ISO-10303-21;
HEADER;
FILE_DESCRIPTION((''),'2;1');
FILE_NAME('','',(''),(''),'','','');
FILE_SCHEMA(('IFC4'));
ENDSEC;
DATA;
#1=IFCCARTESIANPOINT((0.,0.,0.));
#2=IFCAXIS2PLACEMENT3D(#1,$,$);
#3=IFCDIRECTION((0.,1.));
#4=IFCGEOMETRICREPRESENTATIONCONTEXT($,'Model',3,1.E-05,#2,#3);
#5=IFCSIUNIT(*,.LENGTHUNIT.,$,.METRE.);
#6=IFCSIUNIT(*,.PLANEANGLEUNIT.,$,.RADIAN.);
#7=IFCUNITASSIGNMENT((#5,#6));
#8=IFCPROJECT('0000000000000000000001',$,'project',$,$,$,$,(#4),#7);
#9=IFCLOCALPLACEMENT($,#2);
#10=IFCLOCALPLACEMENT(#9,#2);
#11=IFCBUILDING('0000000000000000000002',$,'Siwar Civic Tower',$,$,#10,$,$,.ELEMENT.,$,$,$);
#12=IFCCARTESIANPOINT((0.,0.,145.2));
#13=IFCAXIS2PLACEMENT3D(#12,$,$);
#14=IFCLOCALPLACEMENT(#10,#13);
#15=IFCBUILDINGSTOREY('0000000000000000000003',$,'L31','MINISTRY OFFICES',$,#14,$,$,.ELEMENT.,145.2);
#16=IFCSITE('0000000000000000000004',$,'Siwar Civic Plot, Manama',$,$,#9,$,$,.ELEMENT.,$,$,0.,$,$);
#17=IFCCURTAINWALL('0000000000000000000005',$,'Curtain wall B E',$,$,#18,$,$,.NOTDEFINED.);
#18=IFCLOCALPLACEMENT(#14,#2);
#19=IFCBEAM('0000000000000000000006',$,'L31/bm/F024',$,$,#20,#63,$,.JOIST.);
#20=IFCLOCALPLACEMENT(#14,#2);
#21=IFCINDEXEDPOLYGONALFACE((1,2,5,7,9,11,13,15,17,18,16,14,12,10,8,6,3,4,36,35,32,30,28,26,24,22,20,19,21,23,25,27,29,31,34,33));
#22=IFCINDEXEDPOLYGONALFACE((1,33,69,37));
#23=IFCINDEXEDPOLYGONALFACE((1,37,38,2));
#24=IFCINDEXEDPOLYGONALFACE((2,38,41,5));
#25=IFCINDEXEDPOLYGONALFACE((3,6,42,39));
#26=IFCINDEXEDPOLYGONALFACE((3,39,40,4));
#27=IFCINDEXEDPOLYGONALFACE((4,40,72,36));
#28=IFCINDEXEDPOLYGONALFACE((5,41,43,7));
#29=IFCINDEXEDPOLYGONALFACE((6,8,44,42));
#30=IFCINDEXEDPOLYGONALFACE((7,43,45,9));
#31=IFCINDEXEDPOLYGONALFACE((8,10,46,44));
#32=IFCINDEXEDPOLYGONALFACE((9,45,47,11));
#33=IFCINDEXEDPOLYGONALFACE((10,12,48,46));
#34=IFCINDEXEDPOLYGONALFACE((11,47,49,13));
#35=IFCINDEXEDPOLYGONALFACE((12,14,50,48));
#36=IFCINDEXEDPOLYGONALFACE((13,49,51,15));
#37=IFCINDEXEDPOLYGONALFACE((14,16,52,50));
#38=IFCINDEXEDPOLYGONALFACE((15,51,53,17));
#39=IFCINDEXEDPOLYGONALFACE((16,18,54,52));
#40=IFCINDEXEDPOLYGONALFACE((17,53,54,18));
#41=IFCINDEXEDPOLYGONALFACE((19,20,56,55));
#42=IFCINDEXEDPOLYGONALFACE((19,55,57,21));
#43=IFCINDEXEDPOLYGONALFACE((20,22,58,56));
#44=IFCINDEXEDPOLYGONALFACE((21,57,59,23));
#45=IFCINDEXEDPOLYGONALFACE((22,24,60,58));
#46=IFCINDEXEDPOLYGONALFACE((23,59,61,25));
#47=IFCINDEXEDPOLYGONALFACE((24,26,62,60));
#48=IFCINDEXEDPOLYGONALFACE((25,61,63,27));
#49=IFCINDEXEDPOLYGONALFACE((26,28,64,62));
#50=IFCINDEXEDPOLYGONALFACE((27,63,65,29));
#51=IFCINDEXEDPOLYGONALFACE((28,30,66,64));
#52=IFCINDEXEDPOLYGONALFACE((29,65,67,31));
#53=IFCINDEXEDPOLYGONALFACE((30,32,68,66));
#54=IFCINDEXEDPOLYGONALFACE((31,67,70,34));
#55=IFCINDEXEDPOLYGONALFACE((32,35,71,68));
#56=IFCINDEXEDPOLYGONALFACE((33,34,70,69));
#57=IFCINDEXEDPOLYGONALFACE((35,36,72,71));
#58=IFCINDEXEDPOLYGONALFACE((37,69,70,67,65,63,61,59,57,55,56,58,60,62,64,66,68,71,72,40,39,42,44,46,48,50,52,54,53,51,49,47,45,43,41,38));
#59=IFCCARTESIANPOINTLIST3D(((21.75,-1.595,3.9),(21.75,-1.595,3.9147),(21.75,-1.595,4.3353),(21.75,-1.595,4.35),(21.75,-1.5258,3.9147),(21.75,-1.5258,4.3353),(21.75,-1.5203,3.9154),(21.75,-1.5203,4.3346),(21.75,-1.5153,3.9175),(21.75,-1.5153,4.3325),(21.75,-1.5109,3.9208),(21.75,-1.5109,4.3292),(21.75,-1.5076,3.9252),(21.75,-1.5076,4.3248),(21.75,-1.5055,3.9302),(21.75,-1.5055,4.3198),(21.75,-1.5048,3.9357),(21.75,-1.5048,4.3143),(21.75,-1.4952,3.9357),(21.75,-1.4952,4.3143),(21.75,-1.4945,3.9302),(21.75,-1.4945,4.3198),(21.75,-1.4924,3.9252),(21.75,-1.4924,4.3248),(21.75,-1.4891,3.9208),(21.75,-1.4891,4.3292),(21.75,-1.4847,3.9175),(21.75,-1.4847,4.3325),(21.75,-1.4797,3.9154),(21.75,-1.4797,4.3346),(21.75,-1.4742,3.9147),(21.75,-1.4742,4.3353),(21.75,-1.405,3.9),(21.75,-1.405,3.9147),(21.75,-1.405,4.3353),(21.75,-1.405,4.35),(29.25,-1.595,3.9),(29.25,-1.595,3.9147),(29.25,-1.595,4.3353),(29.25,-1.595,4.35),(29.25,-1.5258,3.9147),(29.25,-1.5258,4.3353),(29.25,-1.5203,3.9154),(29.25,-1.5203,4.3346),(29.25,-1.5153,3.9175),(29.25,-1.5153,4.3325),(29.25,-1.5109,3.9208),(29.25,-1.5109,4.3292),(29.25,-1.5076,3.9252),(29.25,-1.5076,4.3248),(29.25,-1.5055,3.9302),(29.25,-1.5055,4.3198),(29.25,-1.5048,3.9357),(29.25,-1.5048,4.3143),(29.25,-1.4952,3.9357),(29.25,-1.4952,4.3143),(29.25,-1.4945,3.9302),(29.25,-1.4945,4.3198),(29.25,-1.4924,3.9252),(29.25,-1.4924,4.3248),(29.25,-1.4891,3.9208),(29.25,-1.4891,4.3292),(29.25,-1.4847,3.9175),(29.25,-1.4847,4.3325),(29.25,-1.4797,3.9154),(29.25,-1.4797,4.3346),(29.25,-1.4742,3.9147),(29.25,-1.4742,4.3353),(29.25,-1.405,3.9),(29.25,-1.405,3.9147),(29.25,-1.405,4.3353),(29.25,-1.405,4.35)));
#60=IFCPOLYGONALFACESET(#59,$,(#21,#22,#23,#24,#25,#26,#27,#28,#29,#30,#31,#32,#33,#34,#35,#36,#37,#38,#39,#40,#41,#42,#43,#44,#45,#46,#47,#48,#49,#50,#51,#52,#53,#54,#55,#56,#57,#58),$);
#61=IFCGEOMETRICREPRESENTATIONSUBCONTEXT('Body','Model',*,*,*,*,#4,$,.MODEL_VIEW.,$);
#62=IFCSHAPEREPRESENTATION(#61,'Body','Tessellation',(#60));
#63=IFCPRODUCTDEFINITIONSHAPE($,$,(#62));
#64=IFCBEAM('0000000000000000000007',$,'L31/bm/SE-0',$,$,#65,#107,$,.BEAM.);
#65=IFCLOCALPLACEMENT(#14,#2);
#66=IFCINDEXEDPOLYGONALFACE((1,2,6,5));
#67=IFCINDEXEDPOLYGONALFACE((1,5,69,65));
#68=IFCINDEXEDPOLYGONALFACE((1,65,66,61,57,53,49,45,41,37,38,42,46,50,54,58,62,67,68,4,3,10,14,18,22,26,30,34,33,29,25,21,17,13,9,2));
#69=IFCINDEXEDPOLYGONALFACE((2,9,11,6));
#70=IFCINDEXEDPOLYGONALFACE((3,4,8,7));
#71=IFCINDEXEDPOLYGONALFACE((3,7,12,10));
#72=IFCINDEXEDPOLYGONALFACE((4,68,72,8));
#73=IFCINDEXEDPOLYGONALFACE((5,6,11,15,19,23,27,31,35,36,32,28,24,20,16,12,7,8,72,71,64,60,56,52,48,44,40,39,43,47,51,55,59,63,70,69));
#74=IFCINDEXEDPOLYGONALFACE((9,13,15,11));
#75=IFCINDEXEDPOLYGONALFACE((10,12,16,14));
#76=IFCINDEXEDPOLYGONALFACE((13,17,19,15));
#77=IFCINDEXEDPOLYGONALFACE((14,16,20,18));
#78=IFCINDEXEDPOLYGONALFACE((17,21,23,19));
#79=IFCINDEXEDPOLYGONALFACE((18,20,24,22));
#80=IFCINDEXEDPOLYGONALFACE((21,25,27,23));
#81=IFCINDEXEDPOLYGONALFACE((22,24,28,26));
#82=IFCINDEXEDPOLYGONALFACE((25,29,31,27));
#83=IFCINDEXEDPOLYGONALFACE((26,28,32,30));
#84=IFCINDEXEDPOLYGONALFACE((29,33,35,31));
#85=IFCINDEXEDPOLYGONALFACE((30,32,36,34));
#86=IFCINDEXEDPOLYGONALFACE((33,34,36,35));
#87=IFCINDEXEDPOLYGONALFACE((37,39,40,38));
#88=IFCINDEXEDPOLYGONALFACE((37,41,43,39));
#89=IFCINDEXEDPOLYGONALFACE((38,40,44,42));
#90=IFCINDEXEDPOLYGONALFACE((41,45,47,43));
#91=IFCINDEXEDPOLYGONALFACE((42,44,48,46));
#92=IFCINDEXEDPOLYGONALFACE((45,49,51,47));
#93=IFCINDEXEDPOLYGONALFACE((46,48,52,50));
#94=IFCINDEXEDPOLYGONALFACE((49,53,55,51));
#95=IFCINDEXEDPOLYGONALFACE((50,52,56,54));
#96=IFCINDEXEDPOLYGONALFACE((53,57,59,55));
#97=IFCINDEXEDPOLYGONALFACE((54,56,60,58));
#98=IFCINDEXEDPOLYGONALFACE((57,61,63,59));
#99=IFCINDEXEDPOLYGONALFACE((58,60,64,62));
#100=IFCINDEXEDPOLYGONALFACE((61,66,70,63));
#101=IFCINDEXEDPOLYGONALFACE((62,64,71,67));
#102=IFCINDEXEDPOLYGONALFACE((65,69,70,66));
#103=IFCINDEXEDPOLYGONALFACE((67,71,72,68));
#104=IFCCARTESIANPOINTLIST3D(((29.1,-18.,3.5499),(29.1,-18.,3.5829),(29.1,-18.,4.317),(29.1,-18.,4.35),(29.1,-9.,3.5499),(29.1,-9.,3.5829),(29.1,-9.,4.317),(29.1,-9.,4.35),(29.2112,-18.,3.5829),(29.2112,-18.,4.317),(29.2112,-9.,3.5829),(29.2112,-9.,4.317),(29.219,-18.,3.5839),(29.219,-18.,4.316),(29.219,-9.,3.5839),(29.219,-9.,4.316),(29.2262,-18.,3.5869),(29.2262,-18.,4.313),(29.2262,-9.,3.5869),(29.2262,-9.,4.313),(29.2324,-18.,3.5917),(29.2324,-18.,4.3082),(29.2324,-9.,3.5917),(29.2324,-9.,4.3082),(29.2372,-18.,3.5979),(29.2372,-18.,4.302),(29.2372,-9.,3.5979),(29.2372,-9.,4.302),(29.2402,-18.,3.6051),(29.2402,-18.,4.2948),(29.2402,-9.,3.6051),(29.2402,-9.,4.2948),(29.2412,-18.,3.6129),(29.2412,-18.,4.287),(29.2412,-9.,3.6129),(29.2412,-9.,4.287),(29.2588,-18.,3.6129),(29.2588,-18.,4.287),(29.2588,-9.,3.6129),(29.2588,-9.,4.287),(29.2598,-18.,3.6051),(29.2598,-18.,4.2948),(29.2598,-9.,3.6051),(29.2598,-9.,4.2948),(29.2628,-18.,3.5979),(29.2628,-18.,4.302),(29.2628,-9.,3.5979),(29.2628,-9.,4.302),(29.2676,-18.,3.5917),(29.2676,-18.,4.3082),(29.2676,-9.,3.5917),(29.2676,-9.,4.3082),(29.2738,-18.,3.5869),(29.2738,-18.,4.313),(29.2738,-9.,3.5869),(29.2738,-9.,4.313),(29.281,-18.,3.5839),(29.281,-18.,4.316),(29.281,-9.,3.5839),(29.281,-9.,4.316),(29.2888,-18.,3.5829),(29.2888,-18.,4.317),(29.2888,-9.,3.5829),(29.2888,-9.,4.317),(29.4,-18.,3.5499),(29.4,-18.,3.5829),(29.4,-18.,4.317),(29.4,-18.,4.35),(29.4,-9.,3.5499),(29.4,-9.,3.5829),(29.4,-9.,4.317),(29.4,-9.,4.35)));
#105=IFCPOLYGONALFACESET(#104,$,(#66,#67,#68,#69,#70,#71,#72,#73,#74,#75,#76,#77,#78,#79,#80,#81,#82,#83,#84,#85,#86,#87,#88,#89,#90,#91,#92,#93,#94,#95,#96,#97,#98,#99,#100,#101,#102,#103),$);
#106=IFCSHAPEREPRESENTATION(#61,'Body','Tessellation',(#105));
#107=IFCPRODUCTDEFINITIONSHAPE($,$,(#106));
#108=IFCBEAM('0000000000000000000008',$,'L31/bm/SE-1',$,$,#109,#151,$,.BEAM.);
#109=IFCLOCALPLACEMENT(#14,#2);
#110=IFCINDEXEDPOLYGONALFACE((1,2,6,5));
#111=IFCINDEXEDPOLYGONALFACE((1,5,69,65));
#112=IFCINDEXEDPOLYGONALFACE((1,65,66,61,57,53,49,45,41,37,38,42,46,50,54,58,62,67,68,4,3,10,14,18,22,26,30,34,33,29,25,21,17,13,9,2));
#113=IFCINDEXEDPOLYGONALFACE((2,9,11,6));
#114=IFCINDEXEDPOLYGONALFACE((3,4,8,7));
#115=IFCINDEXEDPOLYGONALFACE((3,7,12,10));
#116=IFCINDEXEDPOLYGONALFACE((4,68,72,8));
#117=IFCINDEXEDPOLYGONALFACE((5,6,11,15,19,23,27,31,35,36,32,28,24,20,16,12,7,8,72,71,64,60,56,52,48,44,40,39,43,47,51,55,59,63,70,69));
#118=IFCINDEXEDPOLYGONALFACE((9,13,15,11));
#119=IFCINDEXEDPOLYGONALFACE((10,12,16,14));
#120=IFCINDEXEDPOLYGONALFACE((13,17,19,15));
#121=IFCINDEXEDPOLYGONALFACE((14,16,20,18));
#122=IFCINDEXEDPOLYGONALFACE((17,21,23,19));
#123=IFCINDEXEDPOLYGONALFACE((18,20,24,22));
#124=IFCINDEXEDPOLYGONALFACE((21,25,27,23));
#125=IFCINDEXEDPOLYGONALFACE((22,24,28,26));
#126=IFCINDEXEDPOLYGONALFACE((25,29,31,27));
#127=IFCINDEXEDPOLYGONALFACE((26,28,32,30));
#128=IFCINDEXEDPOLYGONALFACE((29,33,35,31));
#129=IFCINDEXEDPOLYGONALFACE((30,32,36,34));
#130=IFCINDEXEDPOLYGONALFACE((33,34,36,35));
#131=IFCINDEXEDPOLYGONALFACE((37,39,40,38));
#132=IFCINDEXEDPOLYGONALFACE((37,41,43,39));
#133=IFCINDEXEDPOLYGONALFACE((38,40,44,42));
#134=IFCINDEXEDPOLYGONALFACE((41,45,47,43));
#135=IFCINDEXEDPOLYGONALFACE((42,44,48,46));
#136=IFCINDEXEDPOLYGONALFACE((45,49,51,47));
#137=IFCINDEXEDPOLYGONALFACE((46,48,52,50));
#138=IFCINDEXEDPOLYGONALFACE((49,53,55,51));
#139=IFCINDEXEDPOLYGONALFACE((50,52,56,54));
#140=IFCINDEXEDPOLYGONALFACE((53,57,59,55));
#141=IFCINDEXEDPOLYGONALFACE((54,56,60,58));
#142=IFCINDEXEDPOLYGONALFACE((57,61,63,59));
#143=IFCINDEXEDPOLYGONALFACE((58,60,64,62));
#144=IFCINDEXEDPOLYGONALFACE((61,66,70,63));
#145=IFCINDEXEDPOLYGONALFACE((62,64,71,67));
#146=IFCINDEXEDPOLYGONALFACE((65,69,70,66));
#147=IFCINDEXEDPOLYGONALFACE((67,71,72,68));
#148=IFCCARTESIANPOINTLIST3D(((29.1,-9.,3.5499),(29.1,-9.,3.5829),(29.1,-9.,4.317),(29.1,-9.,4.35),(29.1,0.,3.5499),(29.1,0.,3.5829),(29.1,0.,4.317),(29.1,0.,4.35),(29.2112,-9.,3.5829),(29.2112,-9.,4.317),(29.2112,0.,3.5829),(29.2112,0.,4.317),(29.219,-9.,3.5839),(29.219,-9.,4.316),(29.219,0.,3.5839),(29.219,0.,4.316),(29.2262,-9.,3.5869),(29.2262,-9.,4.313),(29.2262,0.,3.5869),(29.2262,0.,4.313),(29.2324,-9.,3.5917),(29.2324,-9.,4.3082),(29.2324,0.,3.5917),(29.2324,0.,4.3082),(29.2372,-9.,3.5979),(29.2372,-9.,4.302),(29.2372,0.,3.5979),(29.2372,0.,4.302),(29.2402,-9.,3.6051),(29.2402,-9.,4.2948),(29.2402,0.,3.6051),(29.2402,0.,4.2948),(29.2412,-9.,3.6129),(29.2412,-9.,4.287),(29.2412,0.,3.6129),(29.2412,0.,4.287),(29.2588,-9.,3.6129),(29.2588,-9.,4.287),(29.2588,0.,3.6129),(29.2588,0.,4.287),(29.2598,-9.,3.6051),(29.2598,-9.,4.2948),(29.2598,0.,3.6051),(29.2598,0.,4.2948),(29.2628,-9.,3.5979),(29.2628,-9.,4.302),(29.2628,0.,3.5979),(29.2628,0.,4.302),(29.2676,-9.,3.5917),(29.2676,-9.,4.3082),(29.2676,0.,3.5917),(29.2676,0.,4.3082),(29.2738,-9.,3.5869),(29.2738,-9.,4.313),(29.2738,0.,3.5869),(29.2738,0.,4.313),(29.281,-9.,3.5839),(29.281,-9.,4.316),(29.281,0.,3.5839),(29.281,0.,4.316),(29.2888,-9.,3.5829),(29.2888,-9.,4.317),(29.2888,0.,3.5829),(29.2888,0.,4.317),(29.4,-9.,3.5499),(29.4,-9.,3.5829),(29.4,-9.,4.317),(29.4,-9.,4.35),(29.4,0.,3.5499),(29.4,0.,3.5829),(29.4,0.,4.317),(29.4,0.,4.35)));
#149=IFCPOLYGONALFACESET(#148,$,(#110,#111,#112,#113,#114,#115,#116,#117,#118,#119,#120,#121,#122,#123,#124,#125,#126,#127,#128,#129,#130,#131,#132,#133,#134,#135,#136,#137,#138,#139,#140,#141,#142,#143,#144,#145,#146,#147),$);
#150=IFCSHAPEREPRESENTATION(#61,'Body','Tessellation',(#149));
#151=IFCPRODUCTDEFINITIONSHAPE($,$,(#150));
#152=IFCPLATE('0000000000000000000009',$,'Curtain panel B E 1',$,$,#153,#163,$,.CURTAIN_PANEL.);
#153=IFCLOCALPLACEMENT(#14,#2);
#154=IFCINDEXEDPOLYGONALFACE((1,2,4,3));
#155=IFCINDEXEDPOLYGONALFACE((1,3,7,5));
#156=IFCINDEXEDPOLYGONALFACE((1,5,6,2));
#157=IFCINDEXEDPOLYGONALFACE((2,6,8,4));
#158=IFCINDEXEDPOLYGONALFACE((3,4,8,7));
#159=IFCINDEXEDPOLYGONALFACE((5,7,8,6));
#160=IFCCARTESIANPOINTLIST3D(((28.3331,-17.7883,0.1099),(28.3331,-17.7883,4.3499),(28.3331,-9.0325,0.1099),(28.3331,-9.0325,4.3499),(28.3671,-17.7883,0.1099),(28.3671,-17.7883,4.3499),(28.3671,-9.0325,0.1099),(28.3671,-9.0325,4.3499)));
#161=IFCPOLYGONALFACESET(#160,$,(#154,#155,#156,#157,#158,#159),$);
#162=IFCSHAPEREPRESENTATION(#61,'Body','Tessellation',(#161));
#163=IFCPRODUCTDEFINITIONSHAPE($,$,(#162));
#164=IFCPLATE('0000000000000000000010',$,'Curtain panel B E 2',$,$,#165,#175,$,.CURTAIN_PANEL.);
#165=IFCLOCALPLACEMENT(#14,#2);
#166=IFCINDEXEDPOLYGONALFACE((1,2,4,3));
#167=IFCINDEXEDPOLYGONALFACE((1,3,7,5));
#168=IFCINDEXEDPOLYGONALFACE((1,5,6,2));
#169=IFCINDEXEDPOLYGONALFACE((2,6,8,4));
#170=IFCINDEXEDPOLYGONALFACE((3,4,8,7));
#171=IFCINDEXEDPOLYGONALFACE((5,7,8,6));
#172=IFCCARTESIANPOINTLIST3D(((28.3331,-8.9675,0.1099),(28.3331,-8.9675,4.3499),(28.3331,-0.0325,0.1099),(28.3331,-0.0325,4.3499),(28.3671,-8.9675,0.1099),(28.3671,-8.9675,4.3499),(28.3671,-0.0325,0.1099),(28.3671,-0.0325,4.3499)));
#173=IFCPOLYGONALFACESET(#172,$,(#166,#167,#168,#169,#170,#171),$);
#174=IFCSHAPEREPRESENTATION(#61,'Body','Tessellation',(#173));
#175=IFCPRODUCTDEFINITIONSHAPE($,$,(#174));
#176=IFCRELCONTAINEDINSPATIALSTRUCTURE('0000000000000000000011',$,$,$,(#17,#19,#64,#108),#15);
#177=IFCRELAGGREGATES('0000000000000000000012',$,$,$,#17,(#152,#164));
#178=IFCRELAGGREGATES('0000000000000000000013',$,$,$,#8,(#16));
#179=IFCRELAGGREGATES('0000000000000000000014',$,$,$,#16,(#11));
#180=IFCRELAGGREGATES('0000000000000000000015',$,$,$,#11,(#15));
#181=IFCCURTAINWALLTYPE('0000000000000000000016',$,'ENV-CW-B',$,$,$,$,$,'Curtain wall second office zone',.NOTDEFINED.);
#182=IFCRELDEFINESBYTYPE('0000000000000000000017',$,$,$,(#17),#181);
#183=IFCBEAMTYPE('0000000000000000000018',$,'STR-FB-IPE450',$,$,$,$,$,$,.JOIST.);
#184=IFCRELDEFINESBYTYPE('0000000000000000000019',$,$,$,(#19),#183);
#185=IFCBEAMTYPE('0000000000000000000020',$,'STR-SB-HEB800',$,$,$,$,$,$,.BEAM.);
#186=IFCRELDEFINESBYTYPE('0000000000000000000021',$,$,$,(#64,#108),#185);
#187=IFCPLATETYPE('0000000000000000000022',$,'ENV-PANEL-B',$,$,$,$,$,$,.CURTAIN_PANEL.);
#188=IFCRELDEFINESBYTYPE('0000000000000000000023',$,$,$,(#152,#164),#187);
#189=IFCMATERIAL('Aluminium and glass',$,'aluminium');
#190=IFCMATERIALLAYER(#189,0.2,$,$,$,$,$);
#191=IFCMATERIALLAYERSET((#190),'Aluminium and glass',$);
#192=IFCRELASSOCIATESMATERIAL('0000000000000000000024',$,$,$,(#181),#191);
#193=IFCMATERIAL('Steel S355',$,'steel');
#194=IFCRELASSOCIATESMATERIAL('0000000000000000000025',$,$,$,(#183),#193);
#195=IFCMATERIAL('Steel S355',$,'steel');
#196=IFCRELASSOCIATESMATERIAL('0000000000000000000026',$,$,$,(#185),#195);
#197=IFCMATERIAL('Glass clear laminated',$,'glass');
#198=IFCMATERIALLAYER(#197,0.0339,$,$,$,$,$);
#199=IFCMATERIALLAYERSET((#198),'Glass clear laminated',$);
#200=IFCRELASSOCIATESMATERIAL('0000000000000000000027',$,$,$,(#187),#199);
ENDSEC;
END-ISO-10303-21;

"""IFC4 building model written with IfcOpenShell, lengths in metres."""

from ifc_helpers import new_model, si_unit, direction, frame, origin, origin_2d, place, context, subcontext, project, spatial, rectangle, i_section, extrude, material, layer, layer_set, material_profile, profile_set, type_object, element, aggregate, save


model = new_model("IFC4")

# Units and contexts
model_context = context("Model", 3, precision=1e-05, world=origin(), true_north=direction((0.0, 1.0)))
body_context = subcontext(model_context, "Body", "Model", "MODEL_VIEW")
ifc_project = project(units=[si_unit("LENGTHUNIT", "METRE"), si_unit("PLANEANGLEUNIT", "RADIAN")], contexts=[model_context])

# Site, building, storey
site_placement = place(None, origin())
site = spatial("IfcSite", under=ifc_project, at=site_placement, Name="Siwar Civic Plot, Manama", CompositionType="ELEMENT", RefElevation=0.0)
building_placement = place(site_placement, origin())
building = spatial("IfcBuilding", under=site, at=building_placement, Name="Siwar Civic Tower", CompositionType="ELEMENT")
storey_placement = place(building_placement, frame((0.0, 0.0, 145.2)))
storey = spatial("IfcBuildingStorey", under=building, at=storey_placement, Name="L31", Description="MINISTRY OFFICES", CompositionType="ELEMENT", Elevation=145.2)

# Curtain wall
ifc_material_1 = material(Name="Aluminium and glass", Category="aluminium")
ifc_layer_1 = layer(ifc_material_1, 0.2)
ifc_layer_set_1 = layer_set([ifc_layer_1], Name="Aluminium and glass")
curtain_wall_type = type_object("IfcCurtainWallType", Name="ENV-CW-B", ElementType="Curtain wall second office zone", PredefinedType="NOTDEFINED", material=ifc_layer_set_1)
curtain_wall_placement = place(storey_placement, origin())
curtain_wall = element("IfcCurtainWall", 1, at=curtain_wall_placement, inside=storey, type_object=curtain_wall_type, Name="Curtain wall B E", PredefinedType="NOTDEFINED")

# Beams
ifc_material_2 = material(Name="Steel S355", Category="steel")
ifc_material_profile_1 = material_profile(ifc_material_2, i_section(OverallWidth=0.1899, OverallDepth=0.45, WebThickness=0.0095, FlangeThickness=0.0146, FilletRadius=0.021, at=origin_2d()), Name="IPE450")
ifc_profile_set_1 = profile_set([ifc_material_profile_1], Name="Steel S355")
beam_type_1 = type_object("IfcBeamType", Name="STR-FB-IPE450", PredefinedType="JOIST", material=ifc_profile_set_1)
for number, where, z_axis, x_axis, name in (
    (2, (21.75, -1.5, 4.125), (1.0, 0.0, 0.0), (0.0, 1.0, 0.0), "L31/bm/F024"),
):
    element("IfcBeam", number, at=place(storey_placement, frame(where, z_axis=z_axis, x_axis=x_axis)), inside=storey, type_object=beam_type_1, Name=name, PredefinedType="JOIST", context=body_context, shape_type="SweptSolid", body=[
        extrude(i_section(OverallWidth=0.1899, OverallDepth=0.45, WebThickness=0.0095, FlangeThickness=0.0146, FilletRadius=0.021, at=origin_2d()), origin(), (0.0, 0.0, 1.0), 7.5),
    ])
ifc_material_3 = material(Name="Steel S355", Category="steel")
ifc_material_profile_2 = material_profile(ifc_material_3, i_section(OverallWidth=0.3, OverallDepth=0.8, WebThickness=0.0176, FlangeThickness=0.033, FilletRadius=0.03, at=origin_2d()), Name="HEB800")
ifc_profile_set_2 = profile_set([ifc_material_profile_2], Name="Steel S355")
beam_type_2 = type_object("IfcBeamType", Name="STR-SB-HEB800", PredefinedType="BEAM", material=ifc_profile_set_2)
for number, where, z_axis, x_axis, name in (
    (3, (29.25, -18.0, 3.95), (0.0, 1.0, 0.0), (-1.0, 0.0, 0.0), "L31/bm/SE-0"),
    (4, (29.25, -9.0, 3.95), (0.0, 1.0, 0.0), (-1.0, 0.0, 0.0), "L31/bm/SE-1"),
):
    element("IfcBeam", number, at=place(storey_placement, frame(where, z_axis=z_axis, x_axis=x_axis)), inside=storey, type_object=beam_type_2, Name=name, PredefinedType="BEAM", context=body_context, shape_type="SweptSolid", body=[
        extrude(i_section(OverallWidth=0.3, OverallDepth=0.8, WebThickness=0.0176, FlangeThickness=0.033, FilletRadius=0.03, at=origin_2d()), origin(), (0.0, 0.0, 1.0), 9.0),
    ])

# Plates
ifc_material_4 = material(Name="Glass clear laminated", Category="glass")
ifc_layer_2 = layer(ifc_material_4, 0.0339)
ifc_layer_set_2 = layer_set([ifc_layer_2], Name="Glass clear laminated")
plate_type = type_object("IfcPlateType", Name="ENV-PANEL-B", PredefinedType="CURTAIN_PANEL", material=ifc_layer_set_2)
plate_1_placement = place(storey_placement, frame((28.3501, -13.4104, 0.1099), z_axis=(0.0, 0.0, 1.0), x_axis=(0.0, 1.0, 0.0)))
plate_1 = element("IfcPlate", 5, at=plate_1_placement, type_object=plate_type, Name="Curtain panel B E 1", PredefinedType="CURTAIN_PANEL", context=body_context, shape_type="SweptSolid", body=[
    extrude(rectangle(XDim=8.7559, YDim=0.0339, at=origin_2d()), origin(), (0.0, 0.0, 1.0), 4.24),
])
plate_2_placement = place(storey_placement, frame((28.3501, -4.5, 0.1099), z_axis=(0.0, 0.0, 1.0), x_axis=(0.0, 1.0, 0.0)))
plate_2 = element("IfcPlate", 6, at=plate_2_placement, type_object=plate_type, Name="Curtain panel B E 2", PredefinedType="CURTAIN_PANEL", context=body_context, shape_type="SweptSolid", body=[
    extrude(rectangle(XDim=8.9351, YDim=0.0339, at=origin_2d()), origin(), (0.0, 0.0, 1.0), 4.24),
])
aggregate(curtain_wall, [plate_1, plate_2])

save(model, "model.ifc")
